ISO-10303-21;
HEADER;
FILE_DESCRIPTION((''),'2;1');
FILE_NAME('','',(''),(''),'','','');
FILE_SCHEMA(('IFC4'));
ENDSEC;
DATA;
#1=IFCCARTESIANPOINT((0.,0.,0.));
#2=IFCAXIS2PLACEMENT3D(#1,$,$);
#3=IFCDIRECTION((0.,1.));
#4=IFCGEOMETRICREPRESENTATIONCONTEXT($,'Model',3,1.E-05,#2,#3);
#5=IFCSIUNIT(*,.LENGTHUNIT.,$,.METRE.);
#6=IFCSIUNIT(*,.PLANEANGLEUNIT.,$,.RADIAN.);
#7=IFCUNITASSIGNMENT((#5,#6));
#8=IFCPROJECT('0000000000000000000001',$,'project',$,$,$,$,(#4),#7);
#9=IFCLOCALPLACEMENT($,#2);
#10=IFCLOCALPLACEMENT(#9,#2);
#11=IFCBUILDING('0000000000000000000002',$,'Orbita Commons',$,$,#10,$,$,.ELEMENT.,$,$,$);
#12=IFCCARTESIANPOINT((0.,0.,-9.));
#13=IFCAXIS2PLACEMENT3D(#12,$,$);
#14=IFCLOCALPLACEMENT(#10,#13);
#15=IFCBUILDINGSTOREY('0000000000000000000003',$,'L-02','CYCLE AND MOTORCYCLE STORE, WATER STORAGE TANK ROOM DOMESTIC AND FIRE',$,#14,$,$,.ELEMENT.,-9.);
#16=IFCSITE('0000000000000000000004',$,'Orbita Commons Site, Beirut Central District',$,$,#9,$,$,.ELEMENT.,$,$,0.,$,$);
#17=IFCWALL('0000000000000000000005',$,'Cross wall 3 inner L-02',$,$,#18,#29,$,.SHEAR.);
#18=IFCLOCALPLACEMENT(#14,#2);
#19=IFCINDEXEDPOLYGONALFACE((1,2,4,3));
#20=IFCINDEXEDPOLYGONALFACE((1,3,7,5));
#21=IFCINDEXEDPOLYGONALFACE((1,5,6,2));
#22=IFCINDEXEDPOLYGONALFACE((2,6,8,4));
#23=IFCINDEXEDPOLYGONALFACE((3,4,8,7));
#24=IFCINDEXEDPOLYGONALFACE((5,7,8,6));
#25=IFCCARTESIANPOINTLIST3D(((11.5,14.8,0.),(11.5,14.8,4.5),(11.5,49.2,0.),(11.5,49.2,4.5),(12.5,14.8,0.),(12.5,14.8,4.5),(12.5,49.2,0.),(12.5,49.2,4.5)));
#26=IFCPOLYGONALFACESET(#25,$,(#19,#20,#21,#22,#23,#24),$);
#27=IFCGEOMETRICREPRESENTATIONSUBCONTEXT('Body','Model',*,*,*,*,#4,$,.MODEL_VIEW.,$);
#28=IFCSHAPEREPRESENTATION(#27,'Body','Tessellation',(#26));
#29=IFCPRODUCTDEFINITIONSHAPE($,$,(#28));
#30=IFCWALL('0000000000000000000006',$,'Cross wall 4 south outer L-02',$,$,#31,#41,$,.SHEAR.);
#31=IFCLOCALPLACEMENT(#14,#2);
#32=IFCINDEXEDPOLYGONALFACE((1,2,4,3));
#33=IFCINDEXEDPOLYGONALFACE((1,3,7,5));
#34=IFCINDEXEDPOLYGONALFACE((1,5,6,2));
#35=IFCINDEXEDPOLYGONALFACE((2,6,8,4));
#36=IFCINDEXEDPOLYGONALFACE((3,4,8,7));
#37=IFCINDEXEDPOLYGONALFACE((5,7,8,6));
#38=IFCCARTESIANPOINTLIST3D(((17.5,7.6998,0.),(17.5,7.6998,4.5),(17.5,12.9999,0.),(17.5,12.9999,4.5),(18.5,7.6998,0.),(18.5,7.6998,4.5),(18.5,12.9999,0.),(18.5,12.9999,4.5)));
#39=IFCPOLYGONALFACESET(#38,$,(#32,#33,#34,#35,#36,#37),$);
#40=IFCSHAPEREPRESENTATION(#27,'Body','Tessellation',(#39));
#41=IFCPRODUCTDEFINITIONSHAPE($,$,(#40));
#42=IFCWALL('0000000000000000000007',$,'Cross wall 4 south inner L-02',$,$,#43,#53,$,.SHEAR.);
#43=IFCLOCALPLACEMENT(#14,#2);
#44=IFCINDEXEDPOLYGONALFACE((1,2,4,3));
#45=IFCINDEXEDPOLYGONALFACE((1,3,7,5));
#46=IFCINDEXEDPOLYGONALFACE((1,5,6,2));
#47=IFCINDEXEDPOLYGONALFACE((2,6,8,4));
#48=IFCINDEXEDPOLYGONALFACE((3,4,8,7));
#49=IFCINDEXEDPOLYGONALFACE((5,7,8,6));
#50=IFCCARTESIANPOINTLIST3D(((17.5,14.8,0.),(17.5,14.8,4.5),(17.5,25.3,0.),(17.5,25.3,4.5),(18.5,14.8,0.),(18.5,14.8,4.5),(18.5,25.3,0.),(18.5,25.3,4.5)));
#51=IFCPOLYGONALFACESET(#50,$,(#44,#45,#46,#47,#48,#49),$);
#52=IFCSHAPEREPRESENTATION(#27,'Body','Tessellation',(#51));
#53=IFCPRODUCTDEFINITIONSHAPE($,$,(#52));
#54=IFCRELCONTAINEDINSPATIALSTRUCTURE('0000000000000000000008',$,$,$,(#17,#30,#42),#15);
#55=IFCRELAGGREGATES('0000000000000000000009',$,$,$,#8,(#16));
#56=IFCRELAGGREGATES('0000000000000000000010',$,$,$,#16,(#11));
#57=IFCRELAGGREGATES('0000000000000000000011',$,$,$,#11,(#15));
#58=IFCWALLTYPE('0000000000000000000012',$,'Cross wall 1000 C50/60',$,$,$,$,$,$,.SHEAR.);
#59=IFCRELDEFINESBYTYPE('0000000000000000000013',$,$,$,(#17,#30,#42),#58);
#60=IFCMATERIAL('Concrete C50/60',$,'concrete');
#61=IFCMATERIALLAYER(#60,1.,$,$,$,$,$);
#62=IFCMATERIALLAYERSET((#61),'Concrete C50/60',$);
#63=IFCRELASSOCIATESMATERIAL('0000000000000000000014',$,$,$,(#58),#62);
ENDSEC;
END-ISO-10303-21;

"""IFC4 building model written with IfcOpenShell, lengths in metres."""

from ifc_helpers import new_model, si_unit, direction, frame, frame_2d, origin, place, context, subcontext, project, spatial, rectangle, extrude, material, layer, layer_set, type_object, element, save


model = new_model("IFC4")

# Units and contexts
model_context = context("Model", 3, precision=1e-05, world=origin(), true_north=direction((0.0, 1.0)))
body_context = subcontext(model_context, "Body", "Model", "MODEL_VIEW")
ifc_project = project(units=[si_unit("LENGTHUNIT", "METRE"), si_unit("PLANEANGLEUNIT", "RADIAN")], contexts=[model_context])

# Site, building, storey
site_placement = place(None, origin())
site = spatial("IfcSite", under=ifc_project, at=site_placement, Name="Orbita Commons Site, Beirut Central District", CompositionType="ELEMENT", RefElevation=0.0)
building_placement = place(site_placement, origin())
building = spatial("IfcBuilding", under=site, at=building_placement, Name="Orbita Commons", CompositionType="ELEMENT")
storey_placement = place(building_placement, frame((0.0, 0.0, -9.0)))
storey = spatial("IfcBuildingStorey", under=building, at=storey_placement, Name="L-02", Description="CYCLE AND MOTORCYCLE STORE, WATER STORAGE TANK ROOM DOMESTIC AND FIRE", CompositionType="ELEMENT", Elevation=-9.0)

# Walls
ifc_material_1 = material(Name="Concrete C50/60", Category="concrete")
ifc_layer_1 = layer(ifc_material_1, 1.0)
ifc_layer_set_1 = layer_set([ifc_layer_1], Name="Concrete C50/60")
wall_type_1 = type_object("IfcWallType", Name="Cross wall 1000 C50/60", PredefinedType="SHEAR", material=ifc_layer_set_1)
wall_1_placement = place(storey_placement, frame((12.0, 14.8, 0.0), z_axis=(0.0, 0.0, 1.0), x_axis=(0.0, 1.0, 0.0)))
element("IfcWall", 1, at=wall_1_placement, inside=storey, type_object=wall_type_1, Name="Cross wall 3 inner L-02", PredefinedType="SHEAR", context=body_context, shape_type="SweptSolid", body=[
    extrude(rectangle(XDim=34.3999, YDim=1.0, at=frame_2d((17.2, 0.0))), origin(), (0.0, 0.0, 1.0), 4.5),
])
wall_2_placement = place(storey_placement, frame((18.0, 7.7, 0.0), z_axis=(0.0, 0.0, 1.0), x_axis=(0.0, 1.0, 0.0)))
element("IfcWall", 2, at=wall_2_placement, inside=storey, type_object=wall_type_1, Name="Cross wall 4 south outer L-02", PredefinedType="SHEAR", context=body_context, shape_type="SweptSolid", body=[
    extrude(rectangle(XDim=5.3, YDim=1.0, at=frame_2d((2.6499, 0.0))), origin(), (0.0, 0.0, 1.0), 4.5),
])
wall_3_placement = place(storey_placement, frame((18.0, 14.8, 0.0), z_axis=(0.0, 0.0, 1.0), x_axis=(0.0, 1.0, 0.0)))
element("IfcWall", 3, at=wall_3_placement, inside=storey, type_object=wall_type_1, Name="Cross wall 4 south inner L-02", PredefinedType="SHEAR", context=body_context, shape_type="SweptSolid", body=[
    extrude(rectangle(XDim=10.5, YDim=1.0, at=frame_2d((5.25, 0.0))), origin(), (0.0, 0.0, 1.0), 4.5),
])

save(model, "model.ifc")
